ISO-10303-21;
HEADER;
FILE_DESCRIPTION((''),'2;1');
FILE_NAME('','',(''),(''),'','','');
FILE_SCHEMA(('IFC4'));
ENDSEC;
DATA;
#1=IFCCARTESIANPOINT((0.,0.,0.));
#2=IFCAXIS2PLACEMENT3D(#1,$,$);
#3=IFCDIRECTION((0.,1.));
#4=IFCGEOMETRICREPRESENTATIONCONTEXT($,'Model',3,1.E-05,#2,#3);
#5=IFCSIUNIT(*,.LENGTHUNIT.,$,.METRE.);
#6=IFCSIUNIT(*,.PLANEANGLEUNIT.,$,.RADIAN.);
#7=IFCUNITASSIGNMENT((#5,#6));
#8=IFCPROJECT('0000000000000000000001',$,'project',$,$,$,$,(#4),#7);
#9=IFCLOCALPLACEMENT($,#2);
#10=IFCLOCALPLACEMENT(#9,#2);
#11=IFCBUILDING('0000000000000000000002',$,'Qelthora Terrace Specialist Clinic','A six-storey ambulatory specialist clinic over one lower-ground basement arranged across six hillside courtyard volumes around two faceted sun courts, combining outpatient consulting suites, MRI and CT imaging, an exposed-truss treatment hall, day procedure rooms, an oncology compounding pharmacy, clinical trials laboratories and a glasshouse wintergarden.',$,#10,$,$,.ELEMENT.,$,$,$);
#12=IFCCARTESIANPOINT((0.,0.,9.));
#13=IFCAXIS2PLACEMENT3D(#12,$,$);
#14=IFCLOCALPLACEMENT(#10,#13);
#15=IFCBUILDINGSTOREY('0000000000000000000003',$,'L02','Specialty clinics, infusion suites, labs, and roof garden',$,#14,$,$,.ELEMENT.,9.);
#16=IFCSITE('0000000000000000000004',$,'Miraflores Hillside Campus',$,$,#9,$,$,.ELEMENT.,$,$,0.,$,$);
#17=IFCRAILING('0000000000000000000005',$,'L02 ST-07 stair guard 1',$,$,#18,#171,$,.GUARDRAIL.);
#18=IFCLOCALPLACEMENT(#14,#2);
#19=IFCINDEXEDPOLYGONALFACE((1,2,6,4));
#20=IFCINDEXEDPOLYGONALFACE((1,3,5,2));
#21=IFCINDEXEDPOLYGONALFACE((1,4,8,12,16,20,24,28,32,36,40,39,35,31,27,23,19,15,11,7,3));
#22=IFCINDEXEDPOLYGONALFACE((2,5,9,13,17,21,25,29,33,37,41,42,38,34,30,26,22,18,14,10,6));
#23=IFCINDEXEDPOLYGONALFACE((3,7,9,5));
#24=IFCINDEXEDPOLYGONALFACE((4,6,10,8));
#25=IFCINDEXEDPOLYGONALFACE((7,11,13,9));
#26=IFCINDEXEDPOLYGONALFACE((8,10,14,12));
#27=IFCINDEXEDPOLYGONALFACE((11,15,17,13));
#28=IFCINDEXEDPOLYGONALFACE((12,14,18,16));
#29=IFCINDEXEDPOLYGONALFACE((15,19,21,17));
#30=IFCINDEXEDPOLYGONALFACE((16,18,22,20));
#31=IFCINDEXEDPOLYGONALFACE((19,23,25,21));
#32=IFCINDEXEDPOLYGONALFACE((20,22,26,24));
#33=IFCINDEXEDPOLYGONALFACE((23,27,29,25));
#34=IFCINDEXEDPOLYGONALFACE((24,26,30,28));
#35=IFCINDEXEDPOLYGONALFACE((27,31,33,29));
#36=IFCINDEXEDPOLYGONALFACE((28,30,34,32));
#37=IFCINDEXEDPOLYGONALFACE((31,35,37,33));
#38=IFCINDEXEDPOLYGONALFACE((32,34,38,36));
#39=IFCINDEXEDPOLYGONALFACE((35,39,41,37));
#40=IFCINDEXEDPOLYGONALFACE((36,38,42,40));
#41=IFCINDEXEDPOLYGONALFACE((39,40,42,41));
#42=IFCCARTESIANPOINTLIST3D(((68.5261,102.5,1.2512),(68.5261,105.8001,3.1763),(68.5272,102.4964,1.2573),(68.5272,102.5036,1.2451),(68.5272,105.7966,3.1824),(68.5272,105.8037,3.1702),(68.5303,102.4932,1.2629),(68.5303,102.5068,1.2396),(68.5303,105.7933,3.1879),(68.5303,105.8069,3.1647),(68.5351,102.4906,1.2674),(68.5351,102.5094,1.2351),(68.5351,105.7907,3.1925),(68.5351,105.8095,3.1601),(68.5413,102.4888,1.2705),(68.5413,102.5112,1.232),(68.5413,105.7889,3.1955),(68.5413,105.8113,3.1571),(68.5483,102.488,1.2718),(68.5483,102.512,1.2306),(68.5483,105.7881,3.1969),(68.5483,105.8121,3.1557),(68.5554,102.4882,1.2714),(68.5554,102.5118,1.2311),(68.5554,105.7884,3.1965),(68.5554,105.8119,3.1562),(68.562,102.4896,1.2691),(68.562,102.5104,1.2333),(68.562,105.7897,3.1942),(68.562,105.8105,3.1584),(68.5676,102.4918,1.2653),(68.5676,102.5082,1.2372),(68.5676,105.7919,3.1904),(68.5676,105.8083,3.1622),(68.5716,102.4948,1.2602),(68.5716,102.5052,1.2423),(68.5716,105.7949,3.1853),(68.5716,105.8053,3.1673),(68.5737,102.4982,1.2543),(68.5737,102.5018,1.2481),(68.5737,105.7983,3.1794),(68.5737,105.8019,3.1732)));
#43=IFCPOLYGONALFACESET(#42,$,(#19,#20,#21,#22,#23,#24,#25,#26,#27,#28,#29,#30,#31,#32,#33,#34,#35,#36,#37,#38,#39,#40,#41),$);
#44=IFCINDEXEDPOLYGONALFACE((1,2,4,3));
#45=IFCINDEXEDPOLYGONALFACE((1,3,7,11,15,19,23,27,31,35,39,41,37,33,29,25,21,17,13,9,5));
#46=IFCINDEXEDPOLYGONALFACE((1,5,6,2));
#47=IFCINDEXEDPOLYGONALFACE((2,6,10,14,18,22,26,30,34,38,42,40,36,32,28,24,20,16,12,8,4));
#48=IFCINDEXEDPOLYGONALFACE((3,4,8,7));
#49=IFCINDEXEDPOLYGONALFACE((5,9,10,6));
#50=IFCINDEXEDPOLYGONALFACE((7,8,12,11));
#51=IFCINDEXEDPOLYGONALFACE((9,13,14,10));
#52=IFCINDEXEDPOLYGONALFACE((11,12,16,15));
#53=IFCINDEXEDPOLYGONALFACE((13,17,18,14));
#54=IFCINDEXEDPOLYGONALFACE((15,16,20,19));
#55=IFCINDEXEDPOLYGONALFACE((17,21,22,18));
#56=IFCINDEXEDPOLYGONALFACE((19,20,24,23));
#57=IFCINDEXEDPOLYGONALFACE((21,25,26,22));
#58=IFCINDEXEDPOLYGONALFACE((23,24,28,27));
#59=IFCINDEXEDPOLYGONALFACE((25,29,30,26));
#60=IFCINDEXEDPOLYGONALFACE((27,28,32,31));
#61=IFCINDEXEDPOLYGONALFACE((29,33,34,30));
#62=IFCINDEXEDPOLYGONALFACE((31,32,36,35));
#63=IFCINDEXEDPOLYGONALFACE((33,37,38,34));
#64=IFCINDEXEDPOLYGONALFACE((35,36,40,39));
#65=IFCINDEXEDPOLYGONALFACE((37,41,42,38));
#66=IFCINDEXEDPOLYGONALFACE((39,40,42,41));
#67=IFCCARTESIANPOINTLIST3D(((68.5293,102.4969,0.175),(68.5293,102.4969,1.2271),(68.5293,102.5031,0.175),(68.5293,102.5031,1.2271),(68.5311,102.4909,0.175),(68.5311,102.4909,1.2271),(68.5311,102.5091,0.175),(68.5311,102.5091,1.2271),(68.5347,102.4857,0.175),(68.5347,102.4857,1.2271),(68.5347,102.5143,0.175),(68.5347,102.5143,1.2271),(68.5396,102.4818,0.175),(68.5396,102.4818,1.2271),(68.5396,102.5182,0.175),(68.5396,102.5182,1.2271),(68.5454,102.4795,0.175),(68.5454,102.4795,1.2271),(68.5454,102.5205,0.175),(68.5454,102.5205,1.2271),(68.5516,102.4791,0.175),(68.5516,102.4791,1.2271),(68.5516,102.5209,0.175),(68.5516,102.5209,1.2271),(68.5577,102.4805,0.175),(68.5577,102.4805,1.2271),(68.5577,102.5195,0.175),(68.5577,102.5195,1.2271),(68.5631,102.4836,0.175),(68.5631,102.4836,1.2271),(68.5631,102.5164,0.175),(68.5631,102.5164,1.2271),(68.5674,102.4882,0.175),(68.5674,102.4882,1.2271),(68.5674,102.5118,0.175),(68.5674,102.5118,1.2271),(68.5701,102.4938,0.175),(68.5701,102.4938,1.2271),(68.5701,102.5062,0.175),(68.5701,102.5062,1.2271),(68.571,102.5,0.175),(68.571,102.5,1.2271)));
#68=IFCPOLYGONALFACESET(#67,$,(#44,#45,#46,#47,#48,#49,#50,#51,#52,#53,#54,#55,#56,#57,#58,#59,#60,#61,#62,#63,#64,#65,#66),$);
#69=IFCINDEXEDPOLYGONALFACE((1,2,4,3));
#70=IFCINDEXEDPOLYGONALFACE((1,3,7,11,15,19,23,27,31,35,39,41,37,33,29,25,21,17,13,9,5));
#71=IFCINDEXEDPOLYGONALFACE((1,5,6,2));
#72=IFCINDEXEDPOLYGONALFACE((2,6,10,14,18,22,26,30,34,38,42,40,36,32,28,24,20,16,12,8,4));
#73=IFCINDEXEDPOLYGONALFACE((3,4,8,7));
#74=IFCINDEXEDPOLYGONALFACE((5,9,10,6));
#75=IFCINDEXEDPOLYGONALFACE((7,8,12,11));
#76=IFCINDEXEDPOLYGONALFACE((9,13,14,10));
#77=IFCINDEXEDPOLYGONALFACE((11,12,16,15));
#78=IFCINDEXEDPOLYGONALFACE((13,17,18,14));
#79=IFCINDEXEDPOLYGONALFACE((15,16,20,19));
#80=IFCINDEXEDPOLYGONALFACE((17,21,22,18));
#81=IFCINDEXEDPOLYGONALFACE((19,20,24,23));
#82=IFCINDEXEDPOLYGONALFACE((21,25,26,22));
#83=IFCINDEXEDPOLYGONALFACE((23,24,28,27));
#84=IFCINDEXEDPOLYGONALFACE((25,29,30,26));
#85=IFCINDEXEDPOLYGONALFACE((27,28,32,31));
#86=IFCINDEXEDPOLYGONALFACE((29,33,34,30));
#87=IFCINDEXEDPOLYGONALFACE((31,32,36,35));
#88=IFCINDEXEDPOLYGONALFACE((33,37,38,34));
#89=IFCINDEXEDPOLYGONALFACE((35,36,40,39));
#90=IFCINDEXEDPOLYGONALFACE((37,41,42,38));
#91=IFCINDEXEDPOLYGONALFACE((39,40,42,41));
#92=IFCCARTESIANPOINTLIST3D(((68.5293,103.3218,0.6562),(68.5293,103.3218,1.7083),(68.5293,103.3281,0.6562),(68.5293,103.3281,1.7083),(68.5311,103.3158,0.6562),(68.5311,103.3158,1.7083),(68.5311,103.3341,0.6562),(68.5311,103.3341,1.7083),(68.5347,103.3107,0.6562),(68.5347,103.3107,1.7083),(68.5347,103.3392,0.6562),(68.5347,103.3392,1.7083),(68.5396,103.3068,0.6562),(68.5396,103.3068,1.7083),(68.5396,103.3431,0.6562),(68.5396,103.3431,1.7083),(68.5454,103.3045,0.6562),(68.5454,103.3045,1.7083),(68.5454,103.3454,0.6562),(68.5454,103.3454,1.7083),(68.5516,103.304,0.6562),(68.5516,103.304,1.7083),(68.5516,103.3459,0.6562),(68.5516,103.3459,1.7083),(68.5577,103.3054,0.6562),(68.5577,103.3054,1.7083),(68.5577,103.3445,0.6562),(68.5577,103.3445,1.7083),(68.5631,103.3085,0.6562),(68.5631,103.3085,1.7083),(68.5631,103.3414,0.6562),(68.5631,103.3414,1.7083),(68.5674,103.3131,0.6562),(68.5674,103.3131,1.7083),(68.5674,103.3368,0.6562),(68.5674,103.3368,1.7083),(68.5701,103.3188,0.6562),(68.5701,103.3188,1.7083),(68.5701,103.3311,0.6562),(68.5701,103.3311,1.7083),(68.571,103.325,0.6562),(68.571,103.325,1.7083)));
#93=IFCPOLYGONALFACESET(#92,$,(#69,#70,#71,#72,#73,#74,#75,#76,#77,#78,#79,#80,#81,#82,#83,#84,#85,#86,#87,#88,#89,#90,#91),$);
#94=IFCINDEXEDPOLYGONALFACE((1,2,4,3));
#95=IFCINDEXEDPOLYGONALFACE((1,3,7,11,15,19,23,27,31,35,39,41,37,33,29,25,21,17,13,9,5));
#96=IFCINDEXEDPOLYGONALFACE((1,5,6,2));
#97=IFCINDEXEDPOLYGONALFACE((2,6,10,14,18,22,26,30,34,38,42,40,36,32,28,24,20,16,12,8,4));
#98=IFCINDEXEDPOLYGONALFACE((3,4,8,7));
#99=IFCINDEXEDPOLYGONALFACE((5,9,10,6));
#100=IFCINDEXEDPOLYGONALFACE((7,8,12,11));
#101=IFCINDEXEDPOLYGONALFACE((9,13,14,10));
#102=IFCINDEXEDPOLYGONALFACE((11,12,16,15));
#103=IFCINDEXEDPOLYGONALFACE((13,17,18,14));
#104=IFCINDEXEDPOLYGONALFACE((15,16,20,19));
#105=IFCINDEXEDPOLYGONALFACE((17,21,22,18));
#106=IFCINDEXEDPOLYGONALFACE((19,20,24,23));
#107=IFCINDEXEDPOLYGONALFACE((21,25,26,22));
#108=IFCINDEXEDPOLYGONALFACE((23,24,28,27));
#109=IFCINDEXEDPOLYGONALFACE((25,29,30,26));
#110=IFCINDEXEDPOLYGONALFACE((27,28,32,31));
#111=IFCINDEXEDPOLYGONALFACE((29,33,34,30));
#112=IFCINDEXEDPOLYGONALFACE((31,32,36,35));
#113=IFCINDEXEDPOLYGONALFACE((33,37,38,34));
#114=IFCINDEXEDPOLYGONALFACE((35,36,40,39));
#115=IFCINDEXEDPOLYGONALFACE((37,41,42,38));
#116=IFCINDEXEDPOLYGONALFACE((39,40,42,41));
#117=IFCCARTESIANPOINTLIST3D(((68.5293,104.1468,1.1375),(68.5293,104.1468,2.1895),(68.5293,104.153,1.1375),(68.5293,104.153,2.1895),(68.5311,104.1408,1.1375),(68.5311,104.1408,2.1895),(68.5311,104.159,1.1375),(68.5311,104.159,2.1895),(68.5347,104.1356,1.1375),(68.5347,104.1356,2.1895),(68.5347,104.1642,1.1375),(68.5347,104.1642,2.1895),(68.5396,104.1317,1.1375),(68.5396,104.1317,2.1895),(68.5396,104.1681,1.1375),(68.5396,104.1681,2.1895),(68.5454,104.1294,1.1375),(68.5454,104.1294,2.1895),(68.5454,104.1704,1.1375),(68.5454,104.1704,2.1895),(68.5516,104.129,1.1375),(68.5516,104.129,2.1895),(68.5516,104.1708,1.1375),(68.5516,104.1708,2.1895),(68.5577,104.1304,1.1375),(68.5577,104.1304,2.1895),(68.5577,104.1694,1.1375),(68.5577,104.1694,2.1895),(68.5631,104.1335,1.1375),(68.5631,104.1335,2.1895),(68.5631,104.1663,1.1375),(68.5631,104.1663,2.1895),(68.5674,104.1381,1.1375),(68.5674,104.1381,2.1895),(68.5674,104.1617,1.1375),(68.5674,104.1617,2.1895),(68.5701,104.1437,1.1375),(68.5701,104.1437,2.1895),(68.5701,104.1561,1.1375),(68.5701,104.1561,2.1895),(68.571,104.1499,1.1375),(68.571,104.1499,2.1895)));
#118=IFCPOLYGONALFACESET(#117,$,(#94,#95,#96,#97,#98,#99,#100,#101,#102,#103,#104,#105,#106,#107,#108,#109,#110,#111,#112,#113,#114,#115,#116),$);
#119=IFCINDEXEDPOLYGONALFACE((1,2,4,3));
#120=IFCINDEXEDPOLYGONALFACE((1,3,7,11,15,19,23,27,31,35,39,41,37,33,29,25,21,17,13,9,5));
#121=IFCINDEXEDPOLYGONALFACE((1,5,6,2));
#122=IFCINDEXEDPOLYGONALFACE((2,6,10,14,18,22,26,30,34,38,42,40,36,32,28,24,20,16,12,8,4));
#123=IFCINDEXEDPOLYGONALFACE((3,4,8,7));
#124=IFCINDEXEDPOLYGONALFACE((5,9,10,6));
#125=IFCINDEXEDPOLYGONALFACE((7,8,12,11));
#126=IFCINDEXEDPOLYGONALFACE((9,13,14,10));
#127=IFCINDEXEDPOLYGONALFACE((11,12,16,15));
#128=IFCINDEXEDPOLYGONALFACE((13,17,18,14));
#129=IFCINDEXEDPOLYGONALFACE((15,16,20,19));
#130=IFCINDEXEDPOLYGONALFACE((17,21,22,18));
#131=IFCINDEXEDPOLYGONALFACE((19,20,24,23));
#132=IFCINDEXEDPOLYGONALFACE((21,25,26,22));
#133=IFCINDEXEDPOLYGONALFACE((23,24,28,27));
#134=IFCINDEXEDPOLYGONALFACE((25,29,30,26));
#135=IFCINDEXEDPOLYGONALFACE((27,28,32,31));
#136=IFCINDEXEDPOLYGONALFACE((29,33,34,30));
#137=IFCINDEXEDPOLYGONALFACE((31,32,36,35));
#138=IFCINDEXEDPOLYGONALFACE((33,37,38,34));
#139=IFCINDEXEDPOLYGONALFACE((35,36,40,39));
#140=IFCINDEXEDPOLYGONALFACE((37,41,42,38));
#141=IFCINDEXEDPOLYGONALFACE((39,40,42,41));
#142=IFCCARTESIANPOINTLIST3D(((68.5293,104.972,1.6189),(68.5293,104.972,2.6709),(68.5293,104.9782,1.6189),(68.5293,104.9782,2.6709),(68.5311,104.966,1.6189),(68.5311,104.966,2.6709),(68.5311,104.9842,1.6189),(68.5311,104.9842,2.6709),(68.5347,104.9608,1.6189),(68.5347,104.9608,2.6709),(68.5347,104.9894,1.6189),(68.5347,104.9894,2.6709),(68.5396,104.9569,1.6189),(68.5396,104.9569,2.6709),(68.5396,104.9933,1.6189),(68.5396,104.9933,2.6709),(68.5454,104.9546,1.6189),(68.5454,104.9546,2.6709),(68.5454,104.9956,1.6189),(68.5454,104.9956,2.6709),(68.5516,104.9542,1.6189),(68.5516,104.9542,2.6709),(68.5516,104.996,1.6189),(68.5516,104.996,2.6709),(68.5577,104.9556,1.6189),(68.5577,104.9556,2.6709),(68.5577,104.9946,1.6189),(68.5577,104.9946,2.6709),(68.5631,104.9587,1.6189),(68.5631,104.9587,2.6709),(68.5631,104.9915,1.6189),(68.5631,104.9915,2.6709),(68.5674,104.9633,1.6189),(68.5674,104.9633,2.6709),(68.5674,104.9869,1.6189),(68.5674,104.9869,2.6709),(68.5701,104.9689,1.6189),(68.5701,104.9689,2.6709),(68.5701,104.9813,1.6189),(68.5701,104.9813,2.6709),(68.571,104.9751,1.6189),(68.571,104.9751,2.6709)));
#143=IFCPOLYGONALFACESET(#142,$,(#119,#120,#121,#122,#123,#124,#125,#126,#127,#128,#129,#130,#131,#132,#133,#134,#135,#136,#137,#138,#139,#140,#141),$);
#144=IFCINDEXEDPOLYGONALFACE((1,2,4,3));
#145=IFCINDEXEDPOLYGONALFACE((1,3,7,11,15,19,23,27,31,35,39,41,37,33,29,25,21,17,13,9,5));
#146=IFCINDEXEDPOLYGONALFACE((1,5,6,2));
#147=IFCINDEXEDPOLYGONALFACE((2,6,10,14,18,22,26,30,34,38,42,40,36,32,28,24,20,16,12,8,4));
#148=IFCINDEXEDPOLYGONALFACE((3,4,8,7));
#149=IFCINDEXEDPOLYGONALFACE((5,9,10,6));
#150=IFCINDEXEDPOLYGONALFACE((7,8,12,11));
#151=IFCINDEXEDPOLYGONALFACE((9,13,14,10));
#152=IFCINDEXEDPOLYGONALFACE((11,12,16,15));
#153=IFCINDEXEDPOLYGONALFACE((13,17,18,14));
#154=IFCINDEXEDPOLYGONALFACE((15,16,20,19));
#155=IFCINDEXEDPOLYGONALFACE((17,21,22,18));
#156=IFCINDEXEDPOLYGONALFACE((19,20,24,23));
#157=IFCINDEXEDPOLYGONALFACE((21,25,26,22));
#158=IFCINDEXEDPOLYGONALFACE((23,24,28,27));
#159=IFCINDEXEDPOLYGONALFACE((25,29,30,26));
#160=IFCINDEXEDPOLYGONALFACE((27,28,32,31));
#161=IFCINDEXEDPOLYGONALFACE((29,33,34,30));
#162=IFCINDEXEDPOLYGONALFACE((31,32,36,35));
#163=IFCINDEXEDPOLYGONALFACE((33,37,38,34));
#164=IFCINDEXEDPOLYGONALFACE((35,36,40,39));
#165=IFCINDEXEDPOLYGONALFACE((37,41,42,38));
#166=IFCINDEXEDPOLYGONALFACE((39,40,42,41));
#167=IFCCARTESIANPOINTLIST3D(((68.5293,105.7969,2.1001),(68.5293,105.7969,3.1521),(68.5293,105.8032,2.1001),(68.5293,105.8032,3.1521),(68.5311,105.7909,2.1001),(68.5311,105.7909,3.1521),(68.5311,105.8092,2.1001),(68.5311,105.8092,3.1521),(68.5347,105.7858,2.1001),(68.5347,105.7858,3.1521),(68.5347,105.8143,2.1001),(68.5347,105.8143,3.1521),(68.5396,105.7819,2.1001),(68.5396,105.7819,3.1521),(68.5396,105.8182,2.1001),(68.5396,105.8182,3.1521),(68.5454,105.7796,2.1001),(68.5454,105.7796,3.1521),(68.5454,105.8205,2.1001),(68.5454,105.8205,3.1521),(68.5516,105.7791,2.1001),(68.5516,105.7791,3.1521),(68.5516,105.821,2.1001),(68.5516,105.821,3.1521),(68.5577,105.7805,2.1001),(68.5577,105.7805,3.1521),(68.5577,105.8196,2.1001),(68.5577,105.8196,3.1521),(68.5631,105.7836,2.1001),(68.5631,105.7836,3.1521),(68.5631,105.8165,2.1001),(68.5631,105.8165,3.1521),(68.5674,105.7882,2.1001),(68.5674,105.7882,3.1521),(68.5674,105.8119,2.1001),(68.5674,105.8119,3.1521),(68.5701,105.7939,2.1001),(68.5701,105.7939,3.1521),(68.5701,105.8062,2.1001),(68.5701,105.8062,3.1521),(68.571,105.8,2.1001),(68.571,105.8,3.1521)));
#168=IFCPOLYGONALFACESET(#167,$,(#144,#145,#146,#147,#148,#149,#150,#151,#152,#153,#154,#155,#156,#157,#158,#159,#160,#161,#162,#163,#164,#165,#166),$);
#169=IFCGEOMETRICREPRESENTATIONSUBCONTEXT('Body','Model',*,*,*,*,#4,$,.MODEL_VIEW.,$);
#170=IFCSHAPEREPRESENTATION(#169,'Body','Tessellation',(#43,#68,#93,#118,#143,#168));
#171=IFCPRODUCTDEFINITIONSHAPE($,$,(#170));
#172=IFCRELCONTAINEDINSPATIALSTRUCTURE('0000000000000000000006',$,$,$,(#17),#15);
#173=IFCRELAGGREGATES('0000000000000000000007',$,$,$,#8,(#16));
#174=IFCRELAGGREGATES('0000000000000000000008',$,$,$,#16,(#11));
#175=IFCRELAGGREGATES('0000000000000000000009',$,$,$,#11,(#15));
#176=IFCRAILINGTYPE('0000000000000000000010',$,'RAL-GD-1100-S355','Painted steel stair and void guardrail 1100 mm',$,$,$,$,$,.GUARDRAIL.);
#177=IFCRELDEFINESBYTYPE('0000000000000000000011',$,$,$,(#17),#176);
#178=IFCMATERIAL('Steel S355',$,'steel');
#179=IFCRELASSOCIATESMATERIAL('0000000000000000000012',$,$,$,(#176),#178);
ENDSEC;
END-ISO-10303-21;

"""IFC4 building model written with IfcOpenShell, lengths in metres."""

from ifc_helpers import new_model, si_unit, direction, frame, origin, origin_2d, place, context, subcontext, project, spatial, circle, extrude, material, type_object, element, save


model = new_model("IFC4")

# Units and contexts
model_context = context("Model", 3, precision=1e-05, world=origin(), true_north=direction((0.0, 1.0)))
body_context = subcontext(model_context, "Body", "Model", "MODEL_VIEW")
ifc_project = project(units=[si_unit("LENGTHUNIT", "METRE"), si_unit("PLANEANGLEUNIT", "RADIAN")], contexts=[model_context])

# Site, building, storey
site_placement = place(None, origin())
site = spatial("IfcSite", under=ifc_project, at=site_placement, Name="Miraflores Hillside Campus", CompositionType="ELEMENT", RefElevation=0.0)
building_placement = place(site_placement, origin())
building = spatial("IfcBuilding", under=site, at=building_placement, Name="Qelthora Terrace Specialist Clinic", Description="A six-storey ambulatory specialist clinic over one lower-ground basement arranged across six hillside courtyard volumes around two faceted sun courts, combining outpatient consulting suites, MRI and CT imaging, an exposed-truss treatment hall, day procedure rooms, an oncology compounding pharmacy, clinical trials laboratories and a glasshouse wintergarden.", CompositionType="ELEMENT")
storey_placement = place(building_placement, frame((0.0, 0.0, 9.0)))
storey = spatial("IfcBuildingStorey", under=building, at=storey_placement, Name="L02", Description="Specialty clinics, infusion suites, labs, and roof garden", CompositionType="ELEMENT", Elevation=9.0)

# Shared definitions
ifc_material_1 = material(Name="Steel S355", Category="steel")

# Railing
railing_type_1 = type_object("IfcRailingType", Name="RAL-GD-1100-S355", Description="Painted steel stair and void guardrail 1100 mm", PredefinedType="GUARDRAIL", material=ifc_material_1)
railing_1_placement = place(storey_placement, frame((68.55, 102.5, 0.175)))
element("IfcRailing", 1, at=railing_1_placement, inside=storey, type_object=railing_type_1, Name="L02 ST-07 stair guard 1", PredefinedType="GUARDRAIL", context=body_context, shape_type="SweptSolid", body=[
    extrude(circle(Radius=0.0239, at=origin_2d()), frame((0.0, 0.0, 1.0762), z_axis=(0.0, 0.863777, 0.503875), x_axis=(-1.0, 0.0, 0.0)), (0.0, 0.0, 1.0), 3.8206),
    extrude(circle(Radius=0.021, at=origin_2d()), origin(), (0.0, 0.0, 1.0), 1.052),
    extrude(circle(Radius=0.021, at=origin_2d()), frame((0.0, 0.825, 0.4812)), (0.0, 0.0, 1.0), 1.052),
    extrude(circle(Radius=0.021, at=origin_2d()), frame((0.0, 1.6499, 0.9624)), (0.0, 0.0, 1.0), 1.052),
    extrude(circle(Radius=0.021, at=origin_2d()), frame((0.0, 2.4751, 1.4438)), (0.0, 0.0, 1.0), 1.052),
    extrude(circle(Radius=0.021, at=origin_2d()), frame((0.0, 3.3, 1.925)), (0.0, 0.0, 1.0), 1.052),
])

save(model, "model.ifc")
